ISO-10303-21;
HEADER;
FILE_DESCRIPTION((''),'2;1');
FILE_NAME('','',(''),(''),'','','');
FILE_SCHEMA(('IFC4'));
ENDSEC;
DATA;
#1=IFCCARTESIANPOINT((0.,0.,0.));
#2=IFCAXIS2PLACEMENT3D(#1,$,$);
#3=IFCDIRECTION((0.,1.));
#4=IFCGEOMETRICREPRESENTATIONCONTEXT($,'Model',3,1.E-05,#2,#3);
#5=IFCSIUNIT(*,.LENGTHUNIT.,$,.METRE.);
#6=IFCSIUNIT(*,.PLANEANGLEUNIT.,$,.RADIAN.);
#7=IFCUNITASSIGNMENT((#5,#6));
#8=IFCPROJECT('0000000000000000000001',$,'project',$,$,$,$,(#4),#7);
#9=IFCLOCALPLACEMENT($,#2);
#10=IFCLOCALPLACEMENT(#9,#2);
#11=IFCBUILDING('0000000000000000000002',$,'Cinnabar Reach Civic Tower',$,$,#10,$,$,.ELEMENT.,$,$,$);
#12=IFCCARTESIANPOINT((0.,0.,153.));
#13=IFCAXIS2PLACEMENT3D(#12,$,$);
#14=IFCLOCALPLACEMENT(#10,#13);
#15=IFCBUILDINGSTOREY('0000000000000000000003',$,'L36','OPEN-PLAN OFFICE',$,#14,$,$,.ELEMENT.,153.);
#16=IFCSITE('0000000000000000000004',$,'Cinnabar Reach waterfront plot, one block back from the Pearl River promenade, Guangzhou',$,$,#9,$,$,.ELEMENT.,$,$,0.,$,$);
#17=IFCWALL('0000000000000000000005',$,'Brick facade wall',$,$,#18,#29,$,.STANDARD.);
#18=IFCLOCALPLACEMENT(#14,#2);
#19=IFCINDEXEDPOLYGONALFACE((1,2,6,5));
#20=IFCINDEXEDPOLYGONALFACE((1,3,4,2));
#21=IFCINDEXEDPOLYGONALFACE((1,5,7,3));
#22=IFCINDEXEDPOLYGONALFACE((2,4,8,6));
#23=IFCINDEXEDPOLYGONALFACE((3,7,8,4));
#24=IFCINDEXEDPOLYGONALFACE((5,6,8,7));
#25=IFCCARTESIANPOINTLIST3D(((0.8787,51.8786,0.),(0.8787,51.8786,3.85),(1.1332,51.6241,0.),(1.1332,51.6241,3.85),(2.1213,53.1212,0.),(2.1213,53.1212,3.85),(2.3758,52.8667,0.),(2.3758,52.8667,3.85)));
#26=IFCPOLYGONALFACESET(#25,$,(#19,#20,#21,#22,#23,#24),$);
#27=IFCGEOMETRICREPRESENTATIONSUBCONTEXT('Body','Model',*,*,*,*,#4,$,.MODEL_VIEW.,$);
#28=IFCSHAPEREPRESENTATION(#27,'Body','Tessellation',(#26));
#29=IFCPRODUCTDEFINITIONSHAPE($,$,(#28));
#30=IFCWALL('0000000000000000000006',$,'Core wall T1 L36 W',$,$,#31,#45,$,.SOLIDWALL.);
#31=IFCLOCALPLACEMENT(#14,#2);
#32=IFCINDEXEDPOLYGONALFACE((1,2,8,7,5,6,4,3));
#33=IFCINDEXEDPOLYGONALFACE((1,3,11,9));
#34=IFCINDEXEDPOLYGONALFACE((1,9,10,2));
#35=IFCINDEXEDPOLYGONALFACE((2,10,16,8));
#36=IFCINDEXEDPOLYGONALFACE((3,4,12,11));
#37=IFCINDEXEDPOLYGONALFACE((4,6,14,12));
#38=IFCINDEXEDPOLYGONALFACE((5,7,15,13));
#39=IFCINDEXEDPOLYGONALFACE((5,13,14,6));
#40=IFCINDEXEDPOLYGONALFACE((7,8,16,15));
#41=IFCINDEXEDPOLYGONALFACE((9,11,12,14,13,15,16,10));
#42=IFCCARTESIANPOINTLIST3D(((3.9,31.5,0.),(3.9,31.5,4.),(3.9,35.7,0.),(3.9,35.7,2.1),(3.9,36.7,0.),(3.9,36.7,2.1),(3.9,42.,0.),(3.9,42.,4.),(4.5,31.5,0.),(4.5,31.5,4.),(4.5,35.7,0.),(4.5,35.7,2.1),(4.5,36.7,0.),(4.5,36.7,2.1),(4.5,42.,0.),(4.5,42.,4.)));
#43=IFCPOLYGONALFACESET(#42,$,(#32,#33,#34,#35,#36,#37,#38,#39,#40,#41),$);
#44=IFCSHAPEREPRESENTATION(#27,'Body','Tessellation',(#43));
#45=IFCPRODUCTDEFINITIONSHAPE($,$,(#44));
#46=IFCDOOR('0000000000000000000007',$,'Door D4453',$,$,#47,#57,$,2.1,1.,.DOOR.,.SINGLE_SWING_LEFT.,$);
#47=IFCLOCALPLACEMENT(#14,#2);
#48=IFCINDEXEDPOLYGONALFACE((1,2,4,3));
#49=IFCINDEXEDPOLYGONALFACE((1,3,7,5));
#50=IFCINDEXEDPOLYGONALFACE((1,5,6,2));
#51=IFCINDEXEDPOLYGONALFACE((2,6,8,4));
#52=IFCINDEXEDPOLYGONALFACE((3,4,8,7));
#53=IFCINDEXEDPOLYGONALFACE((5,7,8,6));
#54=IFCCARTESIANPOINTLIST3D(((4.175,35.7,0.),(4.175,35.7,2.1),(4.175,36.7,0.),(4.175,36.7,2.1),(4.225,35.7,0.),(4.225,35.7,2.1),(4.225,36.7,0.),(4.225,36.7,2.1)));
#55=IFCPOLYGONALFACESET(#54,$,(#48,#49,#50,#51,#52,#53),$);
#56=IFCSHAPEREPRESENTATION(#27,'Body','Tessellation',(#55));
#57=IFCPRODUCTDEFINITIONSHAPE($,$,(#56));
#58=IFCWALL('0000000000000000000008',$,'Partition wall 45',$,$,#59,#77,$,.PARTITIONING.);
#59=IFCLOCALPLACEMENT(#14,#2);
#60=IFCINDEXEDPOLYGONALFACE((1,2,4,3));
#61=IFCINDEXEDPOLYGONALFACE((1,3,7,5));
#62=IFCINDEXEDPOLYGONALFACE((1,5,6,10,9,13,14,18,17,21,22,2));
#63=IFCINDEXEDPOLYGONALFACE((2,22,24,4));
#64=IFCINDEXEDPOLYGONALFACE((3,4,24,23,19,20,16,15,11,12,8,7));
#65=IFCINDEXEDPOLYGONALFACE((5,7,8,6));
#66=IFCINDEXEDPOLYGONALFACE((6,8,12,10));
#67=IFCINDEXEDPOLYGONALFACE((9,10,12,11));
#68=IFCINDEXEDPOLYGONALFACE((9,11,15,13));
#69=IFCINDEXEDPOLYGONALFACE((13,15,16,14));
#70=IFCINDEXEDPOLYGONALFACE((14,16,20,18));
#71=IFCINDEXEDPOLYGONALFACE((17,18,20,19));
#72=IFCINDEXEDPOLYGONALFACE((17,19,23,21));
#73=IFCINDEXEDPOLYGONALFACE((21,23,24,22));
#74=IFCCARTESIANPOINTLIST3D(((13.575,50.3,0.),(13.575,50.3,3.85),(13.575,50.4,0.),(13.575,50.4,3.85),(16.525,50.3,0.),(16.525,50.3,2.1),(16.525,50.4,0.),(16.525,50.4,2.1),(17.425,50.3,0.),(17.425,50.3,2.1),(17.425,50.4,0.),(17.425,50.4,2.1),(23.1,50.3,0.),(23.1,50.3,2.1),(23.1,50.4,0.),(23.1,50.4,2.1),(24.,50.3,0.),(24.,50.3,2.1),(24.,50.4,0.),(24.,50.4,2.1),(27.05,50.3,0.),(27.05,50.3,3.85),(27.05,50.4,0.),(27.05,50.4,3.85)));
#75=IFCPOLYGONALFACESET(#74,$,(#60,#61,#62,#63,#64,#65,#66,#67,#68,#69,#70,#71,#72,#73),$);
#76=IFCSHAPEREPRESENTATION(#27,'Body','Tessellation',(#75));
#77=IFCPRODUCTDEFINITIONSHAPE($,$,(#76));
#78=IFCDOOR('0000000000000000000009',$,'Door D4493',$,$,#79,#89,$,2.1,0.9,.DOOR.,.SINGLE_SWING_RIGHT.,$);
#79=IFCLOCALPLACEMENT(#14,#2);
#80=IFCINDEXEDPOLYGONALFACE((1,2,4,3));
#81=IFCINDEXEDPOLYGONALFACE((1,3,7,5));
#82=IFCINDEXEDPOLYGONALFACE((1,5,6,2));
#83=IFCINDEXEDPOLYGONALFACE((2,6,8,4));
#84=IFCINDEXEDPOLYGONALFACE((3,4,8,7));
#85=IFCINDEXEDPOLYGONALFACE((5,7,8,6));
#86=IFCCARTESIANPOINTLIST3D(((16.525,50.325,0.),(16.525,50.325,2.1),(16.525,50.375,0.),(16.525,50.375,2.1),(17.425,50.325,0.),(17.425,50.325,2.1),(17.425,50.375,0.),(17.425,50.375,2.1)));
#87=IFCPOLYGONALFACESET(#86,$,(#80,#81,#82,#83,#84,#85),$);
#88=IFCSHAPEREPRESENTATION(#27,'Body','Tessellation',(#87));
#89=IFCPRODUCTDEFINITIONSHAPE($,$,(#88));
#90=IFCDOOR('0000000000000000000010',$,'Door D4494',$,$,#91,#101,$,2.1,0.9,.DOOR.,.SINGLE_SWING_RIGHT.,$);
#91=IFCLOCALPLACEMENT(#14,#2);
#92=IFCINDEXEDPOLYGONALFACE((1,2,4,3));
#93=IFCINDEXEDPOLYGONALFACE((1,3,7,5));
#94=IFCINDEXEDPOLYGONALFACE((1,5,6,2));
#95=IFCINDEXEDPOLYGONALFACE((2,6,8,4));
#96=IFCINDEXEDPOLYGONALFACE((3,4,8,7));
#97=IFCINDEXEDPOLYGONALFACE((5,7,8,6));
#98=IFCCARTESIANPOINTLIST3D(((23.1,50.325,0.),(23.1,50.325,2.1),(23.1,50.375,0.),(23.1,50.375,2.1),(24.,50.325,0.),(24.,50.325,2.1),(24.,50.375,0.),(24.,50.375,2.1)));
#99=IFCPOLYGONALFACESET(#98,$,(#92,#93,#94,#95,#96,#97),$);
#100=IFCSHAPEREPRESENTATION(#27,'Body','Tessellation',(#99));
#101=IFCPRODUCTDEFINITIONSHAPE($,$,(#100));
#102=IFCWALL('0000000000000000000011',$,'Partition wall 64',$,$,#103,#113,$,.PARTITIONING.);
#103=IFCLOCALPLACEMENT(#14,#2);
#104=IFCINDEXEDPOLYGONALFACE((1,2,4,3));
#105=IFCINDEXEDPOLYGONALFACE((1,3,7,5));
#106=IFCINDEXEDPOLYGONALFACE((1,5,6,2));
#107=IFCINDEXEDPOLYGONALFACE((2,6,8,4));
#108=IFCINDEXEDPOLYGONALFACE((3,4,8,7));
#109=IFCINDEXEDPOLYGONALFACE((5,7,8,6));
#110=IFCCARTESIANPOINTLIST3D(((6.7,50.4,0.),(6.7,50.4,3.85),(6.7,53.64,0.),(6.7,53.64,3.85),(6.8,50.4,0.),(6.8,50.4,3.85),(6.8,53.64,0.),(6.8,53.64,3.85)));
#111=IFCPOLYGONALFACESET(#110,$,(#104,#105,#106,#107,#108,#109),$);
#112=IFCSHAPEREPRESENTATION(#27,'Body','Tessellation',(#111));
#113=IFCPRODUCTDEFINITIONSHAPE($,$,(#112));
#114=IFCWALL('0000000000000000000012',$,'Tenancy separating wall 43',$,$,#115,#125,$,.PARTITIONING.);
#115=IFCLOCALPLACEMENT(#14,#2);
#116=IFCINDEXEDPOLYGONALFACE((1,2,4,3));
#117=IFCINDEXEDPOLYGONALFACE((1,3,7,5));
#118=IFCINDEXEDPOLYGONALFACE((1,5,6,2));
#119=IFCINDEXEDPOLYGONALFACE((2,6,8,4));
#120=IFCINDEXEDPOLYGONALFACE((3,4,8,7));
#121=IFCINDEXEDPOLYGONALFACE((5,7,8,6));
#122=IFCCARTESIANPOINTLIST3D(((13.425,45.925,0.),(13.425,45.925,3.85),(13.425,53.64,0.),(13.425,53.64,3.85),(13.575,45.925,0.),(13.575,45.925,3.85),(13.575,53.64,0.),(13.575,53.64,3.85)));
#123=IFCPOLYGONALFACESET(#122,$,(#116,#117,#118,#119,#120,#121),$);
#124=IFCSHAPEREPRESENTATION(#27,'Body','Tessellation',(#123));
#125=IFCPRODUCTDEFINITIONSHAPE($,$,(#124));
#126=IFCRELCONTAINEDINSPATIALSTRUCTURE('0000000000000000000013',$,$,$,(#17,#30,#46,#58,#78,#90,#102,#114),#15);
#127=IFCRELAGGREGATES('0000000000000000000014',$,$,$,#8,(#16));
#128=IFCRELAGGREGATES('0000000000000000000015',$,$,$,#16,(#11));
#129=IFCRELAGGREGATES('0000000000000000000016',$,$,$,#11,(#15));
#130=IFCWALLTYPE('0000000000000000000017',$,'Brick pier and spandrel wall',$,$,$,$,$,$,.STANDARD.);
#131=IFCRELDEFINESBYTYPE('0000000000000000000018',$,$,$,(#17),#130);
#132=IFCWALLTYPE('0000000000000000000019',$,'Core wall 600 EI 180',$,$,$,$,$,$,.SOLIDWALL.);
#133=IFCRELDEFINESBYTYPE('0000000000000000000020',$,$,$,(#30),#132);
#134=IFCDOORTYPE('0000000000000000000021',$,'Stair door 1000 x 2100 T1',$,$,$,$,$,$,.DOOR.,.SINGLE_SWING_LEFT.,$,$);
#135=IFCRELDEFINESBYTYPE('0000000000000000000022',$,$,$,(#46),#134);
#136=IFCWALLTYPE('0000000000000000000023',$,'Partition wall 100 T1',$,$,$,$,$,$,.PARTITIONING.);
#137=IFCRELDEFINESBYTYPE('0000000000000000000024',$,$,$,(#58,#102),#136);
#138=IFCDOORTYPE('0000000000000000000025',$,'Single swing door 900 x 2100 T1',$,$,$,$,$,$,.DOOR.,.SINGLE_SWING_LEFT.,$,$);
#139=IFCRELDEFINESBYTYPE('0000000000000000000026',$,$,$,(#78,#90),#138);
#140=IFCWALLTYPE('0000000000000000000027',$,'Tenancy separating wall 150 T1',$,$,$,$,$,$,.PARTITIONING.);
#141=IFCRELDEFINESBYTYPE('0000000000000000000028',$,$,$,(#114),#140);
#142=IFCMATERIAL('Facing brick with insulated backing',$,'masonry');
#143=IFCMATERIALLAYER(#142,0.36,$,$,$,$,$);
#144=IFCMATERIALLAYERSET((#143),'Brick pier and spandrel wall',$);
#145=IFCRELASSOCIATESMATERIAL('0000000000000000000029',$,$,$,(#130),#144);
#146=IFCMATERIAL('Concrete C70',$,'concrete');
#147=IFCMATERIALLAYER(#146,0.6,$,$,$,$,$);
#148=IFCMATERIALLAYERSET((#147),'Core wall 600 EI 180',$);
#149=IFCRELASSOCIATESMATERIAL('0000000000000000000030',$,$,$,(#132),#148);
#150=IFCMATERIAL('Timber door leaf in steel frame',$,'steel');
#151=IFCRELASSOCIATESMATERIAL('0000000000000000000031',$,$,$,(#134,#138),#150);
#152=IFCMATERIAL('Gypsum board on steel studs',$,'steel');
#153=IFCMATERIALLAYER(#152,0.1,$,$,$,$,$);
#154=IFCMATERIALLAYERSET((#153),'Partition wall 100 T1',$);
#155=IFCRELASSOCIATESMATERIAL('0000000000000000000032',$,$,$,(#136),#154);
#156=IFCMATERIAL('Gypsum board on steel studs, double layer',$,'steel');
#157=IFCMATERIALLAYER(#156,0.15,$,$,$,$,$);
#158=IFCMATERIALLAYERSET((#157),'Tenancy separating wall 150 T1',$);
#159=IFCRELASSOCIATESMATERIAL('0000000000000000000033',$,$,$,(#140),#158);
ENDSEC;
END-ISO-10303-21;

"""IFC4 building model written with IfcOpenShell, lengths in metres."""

from ifc_helpers import new_model, si_unit, direction, frame, frame_2d, origin, place, context, subcontext, project, spatial, rectangle, extrude, material, layer, layer_set, type_object, element, fill, save


model = new_model("IFC4")

# Units and contexts
model_context = context("Model", 3, precision=1e-05, world=origin(), true_north=direction((0.0, 1.0)))
body_context = subcontext(model_context, "Body", "Model", "MODEL_VIEW")
ifc_project = project(units=[si_unit("LENGTHUNIT", "METRE"), si_unit("PLANEANGLEUNIT", "RADIAN")], contexts=[model_context])

# Site, building, storey
site_placement = place(None, origin())
site = spatial("IfcSite", under=ifc_project, at=site_placement, Name="Cinnabar Reach waterfront plot, one block back from the Pearl River promenade, Guangzhou", CompositionType="ELEMENT", RefElevation=0.0)
building_placement = place(site_placement, origin())
building = spatial("IfcBuilding", under=site, at=building_placement, Name="Cinnabar Reach Civic Tower", CompositionType="ELEMENT")
storey_placement = place(building_placement, frame((0.0, 0.0, 153.0)))
storey = spatial("IfcBuildingStorey", under=building, at=storey_placement, Name="L36", Description="OPEN-PLAN OFFICE", CompositionType="ELEMENT", Elevation=153.0)

# Shared definitions
ifc_material_1 = material(Name="Concrete C70", Category="concrete")

# Wall
ifc_material_2 = material(Name="Facing brick with insulated backing", Category="masonry")
ifc_layer_1 = layer(ifc_material_2, 0.36)
ifc_layer_set_1 = layer_set([ifc_layer_1], Name="Brick pier and spandrel wall")
wall_type_1 = type_object("IfcWallType", Name="Brick pier and spandrel wall", PredefinedType="STANDARD", material=ifc_layer_set_1)
wall_1_placement = place(storey_placement, frame((2.2486, 52.994, 0.0), z_axis=(0.0, 0.0, 1.0), x_axis=(-0.707107, -0.707107, 0.0)))
element("IfcWall", 1, at=wall_1_placement, inside=storey, type_object=wall_type_1, Name="Brick facade wall", PredefinedType="STANDARD", context=body_context, shape_type="SweptSolid", body=[
    extrude(rectangle(XDim=1.7573, YDim=0.36, at=frame_2d((0.8787, 0.0))), origin(), (0.0, 0.0, 1.0), 3.85),
])

# Wall, opening, door
ifc_layer_2 = layer(ifc_material_1, 0.6)
ifc_layer_set_2 = layer_set([ifc_layer_2], Name="Core wall 600 EI 180")
wall_type_2 = type_object("IfcWallType", Name="Core wall 600 EI 180", PredefinedType="SOLIDWALL", material=ifc_layer_set_2)
wall_2_placement = place(storey_placement, frame((4.2, 42.0, 0.0), z_axis=(0.0, 0.0, 1.0), x_axis=(0.0, -1.0, 0.0)))
wall_2 = element("IfcWall", 2, at=wall_2_placement, inside=storey, type_object=wall_type_2, Name="Core wall T1 L36 W", PredefinedType="SOLIDWALL", context=body_context, shape_type="SweptSolid", body=[
    extrude(rectangle(XDim=10.5, YDim=0.6, at=frame_2d((5.25, 0.0))), origin(), (0.0, 0.0, 1.0), 4.0),
])
opening_1_placement = place(wall_2_placement, frame((5.3, 0.0, 0.0)))
opening_1 = element("IfcOpeningElement", 3, at=opening_1_placement, cuts=wall_2, PredefinedType="OPENING", context=body_context, shape_type="SweptSolid", body=[
    extrude(rectangle(XDim=1.0, YDim=2.1, at=frame_2d((0.5, 1.05))), frame((0.0, 0.31, 0.0), z_axis=(0.0, -1.0, 0.0), x_axis=(1.0, 0.0, 0.0)), (0.0, 0.0, 1.0), 0.62),
])
ifc_material_3 = material(Name="Timber door leaf in steel frame", Category="steel")
door_type_1 = type_object("IfcDoorType", Name="Stair door 1000 x 2100 T1", OperationType="SINGLE_SWING_LEFT", PredefinedType="DOOR", material=ifc_material_3)
door_1_placement = place(opening_1_placement, frame((1.0, 0.0, 0.0), z_axis=(0.0, 0.0, 1.0), x_axis=(-1.0, 0.0, 0.0)))
door_1 = element("IfcDoor", 4, at=door_1_placement, inside=storey, type_object=door_type_1, Name="Door D4453", OperationType="SINGLE_SWING_LEFT", OverallHeight=2.1, OverallWidth=1.0, PredefinedType="DOOR", context=body_context, shape_type="SweptSolid", body=[
    extrude(rectangle(XDim=1.0, YDim=2.1, at=frame_2d((0.5, 1.05))), frame((0.0, 0.025, 0.0), z_axis=(0.0, -1.0, 0.0), x_axis=(1.0, 0.0, 0.0)), (0.0, 0.0, 1.0), 0.05),
])
fill(opening_1, door_1)

# Wall, openings, doors
ifc_material_4 = material(Name="Gypsum board on steel studs", Category="steel")
ifc_layer_3 = layer(ifc_material_4, 0.1)
ifc_layer_set_3 = layer_set([ifc_layer_3], Name="Partition wall 100 T1")
wall_type_3 = type_object("IfcWallType", Name="Partition wall 100 T1", PredefinedType="PARTITIONING", material=ifc_layer_set_3)
wall_3_placement = place(storey_placement, frame((13.575, 50.35, 0.0), z_axis=(0.0, 0.0, 1.0), x_axis=(1.0, 0.0, 0.0)))
wall_3 = element("IfcWall", 5, at=wall_3_placement, inside=storey, type_object=wall_type_3, Name="Partition wall 45", PredefinedType="PARTITIONING", context=body_context, shape_type="SweptSolid", body=[
    extrude(rectangle(XDim=13.475, YDim=0.1, at=frame_2d((6.7375, 0.0))), origin(), (0.0, 0.0, 1.0), 3.85),
])
opening_2_placement = place(wall_3_placement, frame((2.95, 0.0, 0.0)))
opening_2 = element("IfcOpeningElement", 6, at=opening_2_placement, cuts=wall_3, PredefinedType="OPENING", context=body_context, shape_type="SweptSolid", body=[
    extrude(rectangle(XDim=0.9, YDim=2.1, at=frame_2d((0.45, 1.05))), frame((0.0, 0.06, 0.0), z_axis=(0.0, -1.0, 0.0), x_axis=(1.0, 0.0, 0.0)), (0.0, 0.0, 1.0), 0.12),
])
opening_3_placement = place(wall_3_placement, frame((9.525, 0.0, 0.0)))
opening_3 = element("IfcOpeningElement", 7, at=opening_3_placement, cuts=wall_3, PredefinedType="OPENING", context=body_context, shape_type="SweptSolid", body=[
    extrude(rectangle(XDim=0.9, YDim=2.1, at=frame_2d((0.45, 1.05))), frame((0.0, 0.06, 0.0), z_axis=(0.0, -1.0, 0.0), x_axis=(1.0, 0.0, 0.0)), (0.0, 0.0, 1.0), 0.12),
])
door_type_2 = type_object("IfcDoorType", Name="Single swing door 900 x 2100 T1", OperationType="SINGLE_SWING_LEFT", PredefinedType="DOOR", material=ifc_material_3)
door_2_placement = place(opening_2_placement, origin())
door_2 = element("IfcDoor", 8, at=door_2_placement, inside=storey, type_object=door_type_2, Name="Door D4493", OperationType="SINGLE_SWING_RIGHT", OverallHeight=2.1, OverallWidth=0.9, PredefinedType="DOOR", context=body_context, shape_type="SweptSolid", body=[
    extrude(rectangle(XDim=0.9, YDim=2.1, at=frame_2d((0.45, 1.05))), frame((0.0, 0.025, 0.0), z_axis=(0.0, -1.0, 0.0), x_axis=(1.0, 0.0, 0.0)), (0.0, 0.0, 1.0), 0.05),
])
fill(opening_2, door_2)
door_3_placement = place(opening_3_placement, origin())
door_3 = element("IfcDoor", 9, at=door_3_placement, inside=storey, type_object=door_type_2, Name="Door D4494", OperationType="SINGLE_SWING_RIGHT", OverallHeight=2.1, OverallWidth=0.9, PredefinedType="DOOR", context=body_context, shape_type="SweptSolid", body=[
    extrude(rectangle(XDim=0.9, YDim=2.1, at=frame_2d((0.45, 1.05))), frame((0.0, 0.025, 0.0), z_axis=(0.0, -1.0, 0.0), x_axis=(1.0, 0.0, 0.0)), (0.0, 0.0, 1.0), 0.05),
])
fill(opening_3, door_3)

# Walls
wall_4_placement = place(storey_placement, frame((6.75, 50.4, 0.0), z_axis=(0.0, 0.0, 1.0), x_axis=(0.0, 1.0, 0.0)))
element("IfcWall", 10, at=wall_4_placement, inside=storey, type_object=wall_type_3, Name="Partition wall 64", PredefinedType="PARTITIONING", context=body_context, shape_type="SweptSolid", body=[
    extrude(rectangle(XDim=3.24, YDim=0.1, at=frame_2d((1.62, 0.0))), origin(), (0.0, 0.0, 1.0), 3.85),
])
ifc_material_5 = material(Name="Gypsum board on steel studs, double layer", Category="steel")
ifc_layer_4 = layer(ifc_material_5, 0.15)
ifc_layer_set_4 = layer_set([ifc_layer_4], Name="Tenancy separating wall 150 T1")
wall_type_4 = type_object("IfcWallType", Name="Tenancy separating wall 150 T1", PredefinedType="PARTITIONING", material=ifc_layer_set_4)
wall_5_placement = place(storey_placement, frame((13.5, 45.925, 0.0), z_axis=(0.0, 0.0, 1.0), x_axis=(0.0, 1.0, 0.0)))
element("IfcWall", 11, at=wall_5_placement, inside=storey, type_object=wall_type_4, Name="Tenancy separating wall 43", PredefinedType="PARTITIONING", context=body_context, shape_type="SweptSolid", body=[
    extrude(rectangle(XDim=7.715, YDim=0.15, at=frame_2d((3.8575, 0.0))), origin(), (0.0, 0.0, 1.0), 3.85),
])

save(model, "model.ifc")
